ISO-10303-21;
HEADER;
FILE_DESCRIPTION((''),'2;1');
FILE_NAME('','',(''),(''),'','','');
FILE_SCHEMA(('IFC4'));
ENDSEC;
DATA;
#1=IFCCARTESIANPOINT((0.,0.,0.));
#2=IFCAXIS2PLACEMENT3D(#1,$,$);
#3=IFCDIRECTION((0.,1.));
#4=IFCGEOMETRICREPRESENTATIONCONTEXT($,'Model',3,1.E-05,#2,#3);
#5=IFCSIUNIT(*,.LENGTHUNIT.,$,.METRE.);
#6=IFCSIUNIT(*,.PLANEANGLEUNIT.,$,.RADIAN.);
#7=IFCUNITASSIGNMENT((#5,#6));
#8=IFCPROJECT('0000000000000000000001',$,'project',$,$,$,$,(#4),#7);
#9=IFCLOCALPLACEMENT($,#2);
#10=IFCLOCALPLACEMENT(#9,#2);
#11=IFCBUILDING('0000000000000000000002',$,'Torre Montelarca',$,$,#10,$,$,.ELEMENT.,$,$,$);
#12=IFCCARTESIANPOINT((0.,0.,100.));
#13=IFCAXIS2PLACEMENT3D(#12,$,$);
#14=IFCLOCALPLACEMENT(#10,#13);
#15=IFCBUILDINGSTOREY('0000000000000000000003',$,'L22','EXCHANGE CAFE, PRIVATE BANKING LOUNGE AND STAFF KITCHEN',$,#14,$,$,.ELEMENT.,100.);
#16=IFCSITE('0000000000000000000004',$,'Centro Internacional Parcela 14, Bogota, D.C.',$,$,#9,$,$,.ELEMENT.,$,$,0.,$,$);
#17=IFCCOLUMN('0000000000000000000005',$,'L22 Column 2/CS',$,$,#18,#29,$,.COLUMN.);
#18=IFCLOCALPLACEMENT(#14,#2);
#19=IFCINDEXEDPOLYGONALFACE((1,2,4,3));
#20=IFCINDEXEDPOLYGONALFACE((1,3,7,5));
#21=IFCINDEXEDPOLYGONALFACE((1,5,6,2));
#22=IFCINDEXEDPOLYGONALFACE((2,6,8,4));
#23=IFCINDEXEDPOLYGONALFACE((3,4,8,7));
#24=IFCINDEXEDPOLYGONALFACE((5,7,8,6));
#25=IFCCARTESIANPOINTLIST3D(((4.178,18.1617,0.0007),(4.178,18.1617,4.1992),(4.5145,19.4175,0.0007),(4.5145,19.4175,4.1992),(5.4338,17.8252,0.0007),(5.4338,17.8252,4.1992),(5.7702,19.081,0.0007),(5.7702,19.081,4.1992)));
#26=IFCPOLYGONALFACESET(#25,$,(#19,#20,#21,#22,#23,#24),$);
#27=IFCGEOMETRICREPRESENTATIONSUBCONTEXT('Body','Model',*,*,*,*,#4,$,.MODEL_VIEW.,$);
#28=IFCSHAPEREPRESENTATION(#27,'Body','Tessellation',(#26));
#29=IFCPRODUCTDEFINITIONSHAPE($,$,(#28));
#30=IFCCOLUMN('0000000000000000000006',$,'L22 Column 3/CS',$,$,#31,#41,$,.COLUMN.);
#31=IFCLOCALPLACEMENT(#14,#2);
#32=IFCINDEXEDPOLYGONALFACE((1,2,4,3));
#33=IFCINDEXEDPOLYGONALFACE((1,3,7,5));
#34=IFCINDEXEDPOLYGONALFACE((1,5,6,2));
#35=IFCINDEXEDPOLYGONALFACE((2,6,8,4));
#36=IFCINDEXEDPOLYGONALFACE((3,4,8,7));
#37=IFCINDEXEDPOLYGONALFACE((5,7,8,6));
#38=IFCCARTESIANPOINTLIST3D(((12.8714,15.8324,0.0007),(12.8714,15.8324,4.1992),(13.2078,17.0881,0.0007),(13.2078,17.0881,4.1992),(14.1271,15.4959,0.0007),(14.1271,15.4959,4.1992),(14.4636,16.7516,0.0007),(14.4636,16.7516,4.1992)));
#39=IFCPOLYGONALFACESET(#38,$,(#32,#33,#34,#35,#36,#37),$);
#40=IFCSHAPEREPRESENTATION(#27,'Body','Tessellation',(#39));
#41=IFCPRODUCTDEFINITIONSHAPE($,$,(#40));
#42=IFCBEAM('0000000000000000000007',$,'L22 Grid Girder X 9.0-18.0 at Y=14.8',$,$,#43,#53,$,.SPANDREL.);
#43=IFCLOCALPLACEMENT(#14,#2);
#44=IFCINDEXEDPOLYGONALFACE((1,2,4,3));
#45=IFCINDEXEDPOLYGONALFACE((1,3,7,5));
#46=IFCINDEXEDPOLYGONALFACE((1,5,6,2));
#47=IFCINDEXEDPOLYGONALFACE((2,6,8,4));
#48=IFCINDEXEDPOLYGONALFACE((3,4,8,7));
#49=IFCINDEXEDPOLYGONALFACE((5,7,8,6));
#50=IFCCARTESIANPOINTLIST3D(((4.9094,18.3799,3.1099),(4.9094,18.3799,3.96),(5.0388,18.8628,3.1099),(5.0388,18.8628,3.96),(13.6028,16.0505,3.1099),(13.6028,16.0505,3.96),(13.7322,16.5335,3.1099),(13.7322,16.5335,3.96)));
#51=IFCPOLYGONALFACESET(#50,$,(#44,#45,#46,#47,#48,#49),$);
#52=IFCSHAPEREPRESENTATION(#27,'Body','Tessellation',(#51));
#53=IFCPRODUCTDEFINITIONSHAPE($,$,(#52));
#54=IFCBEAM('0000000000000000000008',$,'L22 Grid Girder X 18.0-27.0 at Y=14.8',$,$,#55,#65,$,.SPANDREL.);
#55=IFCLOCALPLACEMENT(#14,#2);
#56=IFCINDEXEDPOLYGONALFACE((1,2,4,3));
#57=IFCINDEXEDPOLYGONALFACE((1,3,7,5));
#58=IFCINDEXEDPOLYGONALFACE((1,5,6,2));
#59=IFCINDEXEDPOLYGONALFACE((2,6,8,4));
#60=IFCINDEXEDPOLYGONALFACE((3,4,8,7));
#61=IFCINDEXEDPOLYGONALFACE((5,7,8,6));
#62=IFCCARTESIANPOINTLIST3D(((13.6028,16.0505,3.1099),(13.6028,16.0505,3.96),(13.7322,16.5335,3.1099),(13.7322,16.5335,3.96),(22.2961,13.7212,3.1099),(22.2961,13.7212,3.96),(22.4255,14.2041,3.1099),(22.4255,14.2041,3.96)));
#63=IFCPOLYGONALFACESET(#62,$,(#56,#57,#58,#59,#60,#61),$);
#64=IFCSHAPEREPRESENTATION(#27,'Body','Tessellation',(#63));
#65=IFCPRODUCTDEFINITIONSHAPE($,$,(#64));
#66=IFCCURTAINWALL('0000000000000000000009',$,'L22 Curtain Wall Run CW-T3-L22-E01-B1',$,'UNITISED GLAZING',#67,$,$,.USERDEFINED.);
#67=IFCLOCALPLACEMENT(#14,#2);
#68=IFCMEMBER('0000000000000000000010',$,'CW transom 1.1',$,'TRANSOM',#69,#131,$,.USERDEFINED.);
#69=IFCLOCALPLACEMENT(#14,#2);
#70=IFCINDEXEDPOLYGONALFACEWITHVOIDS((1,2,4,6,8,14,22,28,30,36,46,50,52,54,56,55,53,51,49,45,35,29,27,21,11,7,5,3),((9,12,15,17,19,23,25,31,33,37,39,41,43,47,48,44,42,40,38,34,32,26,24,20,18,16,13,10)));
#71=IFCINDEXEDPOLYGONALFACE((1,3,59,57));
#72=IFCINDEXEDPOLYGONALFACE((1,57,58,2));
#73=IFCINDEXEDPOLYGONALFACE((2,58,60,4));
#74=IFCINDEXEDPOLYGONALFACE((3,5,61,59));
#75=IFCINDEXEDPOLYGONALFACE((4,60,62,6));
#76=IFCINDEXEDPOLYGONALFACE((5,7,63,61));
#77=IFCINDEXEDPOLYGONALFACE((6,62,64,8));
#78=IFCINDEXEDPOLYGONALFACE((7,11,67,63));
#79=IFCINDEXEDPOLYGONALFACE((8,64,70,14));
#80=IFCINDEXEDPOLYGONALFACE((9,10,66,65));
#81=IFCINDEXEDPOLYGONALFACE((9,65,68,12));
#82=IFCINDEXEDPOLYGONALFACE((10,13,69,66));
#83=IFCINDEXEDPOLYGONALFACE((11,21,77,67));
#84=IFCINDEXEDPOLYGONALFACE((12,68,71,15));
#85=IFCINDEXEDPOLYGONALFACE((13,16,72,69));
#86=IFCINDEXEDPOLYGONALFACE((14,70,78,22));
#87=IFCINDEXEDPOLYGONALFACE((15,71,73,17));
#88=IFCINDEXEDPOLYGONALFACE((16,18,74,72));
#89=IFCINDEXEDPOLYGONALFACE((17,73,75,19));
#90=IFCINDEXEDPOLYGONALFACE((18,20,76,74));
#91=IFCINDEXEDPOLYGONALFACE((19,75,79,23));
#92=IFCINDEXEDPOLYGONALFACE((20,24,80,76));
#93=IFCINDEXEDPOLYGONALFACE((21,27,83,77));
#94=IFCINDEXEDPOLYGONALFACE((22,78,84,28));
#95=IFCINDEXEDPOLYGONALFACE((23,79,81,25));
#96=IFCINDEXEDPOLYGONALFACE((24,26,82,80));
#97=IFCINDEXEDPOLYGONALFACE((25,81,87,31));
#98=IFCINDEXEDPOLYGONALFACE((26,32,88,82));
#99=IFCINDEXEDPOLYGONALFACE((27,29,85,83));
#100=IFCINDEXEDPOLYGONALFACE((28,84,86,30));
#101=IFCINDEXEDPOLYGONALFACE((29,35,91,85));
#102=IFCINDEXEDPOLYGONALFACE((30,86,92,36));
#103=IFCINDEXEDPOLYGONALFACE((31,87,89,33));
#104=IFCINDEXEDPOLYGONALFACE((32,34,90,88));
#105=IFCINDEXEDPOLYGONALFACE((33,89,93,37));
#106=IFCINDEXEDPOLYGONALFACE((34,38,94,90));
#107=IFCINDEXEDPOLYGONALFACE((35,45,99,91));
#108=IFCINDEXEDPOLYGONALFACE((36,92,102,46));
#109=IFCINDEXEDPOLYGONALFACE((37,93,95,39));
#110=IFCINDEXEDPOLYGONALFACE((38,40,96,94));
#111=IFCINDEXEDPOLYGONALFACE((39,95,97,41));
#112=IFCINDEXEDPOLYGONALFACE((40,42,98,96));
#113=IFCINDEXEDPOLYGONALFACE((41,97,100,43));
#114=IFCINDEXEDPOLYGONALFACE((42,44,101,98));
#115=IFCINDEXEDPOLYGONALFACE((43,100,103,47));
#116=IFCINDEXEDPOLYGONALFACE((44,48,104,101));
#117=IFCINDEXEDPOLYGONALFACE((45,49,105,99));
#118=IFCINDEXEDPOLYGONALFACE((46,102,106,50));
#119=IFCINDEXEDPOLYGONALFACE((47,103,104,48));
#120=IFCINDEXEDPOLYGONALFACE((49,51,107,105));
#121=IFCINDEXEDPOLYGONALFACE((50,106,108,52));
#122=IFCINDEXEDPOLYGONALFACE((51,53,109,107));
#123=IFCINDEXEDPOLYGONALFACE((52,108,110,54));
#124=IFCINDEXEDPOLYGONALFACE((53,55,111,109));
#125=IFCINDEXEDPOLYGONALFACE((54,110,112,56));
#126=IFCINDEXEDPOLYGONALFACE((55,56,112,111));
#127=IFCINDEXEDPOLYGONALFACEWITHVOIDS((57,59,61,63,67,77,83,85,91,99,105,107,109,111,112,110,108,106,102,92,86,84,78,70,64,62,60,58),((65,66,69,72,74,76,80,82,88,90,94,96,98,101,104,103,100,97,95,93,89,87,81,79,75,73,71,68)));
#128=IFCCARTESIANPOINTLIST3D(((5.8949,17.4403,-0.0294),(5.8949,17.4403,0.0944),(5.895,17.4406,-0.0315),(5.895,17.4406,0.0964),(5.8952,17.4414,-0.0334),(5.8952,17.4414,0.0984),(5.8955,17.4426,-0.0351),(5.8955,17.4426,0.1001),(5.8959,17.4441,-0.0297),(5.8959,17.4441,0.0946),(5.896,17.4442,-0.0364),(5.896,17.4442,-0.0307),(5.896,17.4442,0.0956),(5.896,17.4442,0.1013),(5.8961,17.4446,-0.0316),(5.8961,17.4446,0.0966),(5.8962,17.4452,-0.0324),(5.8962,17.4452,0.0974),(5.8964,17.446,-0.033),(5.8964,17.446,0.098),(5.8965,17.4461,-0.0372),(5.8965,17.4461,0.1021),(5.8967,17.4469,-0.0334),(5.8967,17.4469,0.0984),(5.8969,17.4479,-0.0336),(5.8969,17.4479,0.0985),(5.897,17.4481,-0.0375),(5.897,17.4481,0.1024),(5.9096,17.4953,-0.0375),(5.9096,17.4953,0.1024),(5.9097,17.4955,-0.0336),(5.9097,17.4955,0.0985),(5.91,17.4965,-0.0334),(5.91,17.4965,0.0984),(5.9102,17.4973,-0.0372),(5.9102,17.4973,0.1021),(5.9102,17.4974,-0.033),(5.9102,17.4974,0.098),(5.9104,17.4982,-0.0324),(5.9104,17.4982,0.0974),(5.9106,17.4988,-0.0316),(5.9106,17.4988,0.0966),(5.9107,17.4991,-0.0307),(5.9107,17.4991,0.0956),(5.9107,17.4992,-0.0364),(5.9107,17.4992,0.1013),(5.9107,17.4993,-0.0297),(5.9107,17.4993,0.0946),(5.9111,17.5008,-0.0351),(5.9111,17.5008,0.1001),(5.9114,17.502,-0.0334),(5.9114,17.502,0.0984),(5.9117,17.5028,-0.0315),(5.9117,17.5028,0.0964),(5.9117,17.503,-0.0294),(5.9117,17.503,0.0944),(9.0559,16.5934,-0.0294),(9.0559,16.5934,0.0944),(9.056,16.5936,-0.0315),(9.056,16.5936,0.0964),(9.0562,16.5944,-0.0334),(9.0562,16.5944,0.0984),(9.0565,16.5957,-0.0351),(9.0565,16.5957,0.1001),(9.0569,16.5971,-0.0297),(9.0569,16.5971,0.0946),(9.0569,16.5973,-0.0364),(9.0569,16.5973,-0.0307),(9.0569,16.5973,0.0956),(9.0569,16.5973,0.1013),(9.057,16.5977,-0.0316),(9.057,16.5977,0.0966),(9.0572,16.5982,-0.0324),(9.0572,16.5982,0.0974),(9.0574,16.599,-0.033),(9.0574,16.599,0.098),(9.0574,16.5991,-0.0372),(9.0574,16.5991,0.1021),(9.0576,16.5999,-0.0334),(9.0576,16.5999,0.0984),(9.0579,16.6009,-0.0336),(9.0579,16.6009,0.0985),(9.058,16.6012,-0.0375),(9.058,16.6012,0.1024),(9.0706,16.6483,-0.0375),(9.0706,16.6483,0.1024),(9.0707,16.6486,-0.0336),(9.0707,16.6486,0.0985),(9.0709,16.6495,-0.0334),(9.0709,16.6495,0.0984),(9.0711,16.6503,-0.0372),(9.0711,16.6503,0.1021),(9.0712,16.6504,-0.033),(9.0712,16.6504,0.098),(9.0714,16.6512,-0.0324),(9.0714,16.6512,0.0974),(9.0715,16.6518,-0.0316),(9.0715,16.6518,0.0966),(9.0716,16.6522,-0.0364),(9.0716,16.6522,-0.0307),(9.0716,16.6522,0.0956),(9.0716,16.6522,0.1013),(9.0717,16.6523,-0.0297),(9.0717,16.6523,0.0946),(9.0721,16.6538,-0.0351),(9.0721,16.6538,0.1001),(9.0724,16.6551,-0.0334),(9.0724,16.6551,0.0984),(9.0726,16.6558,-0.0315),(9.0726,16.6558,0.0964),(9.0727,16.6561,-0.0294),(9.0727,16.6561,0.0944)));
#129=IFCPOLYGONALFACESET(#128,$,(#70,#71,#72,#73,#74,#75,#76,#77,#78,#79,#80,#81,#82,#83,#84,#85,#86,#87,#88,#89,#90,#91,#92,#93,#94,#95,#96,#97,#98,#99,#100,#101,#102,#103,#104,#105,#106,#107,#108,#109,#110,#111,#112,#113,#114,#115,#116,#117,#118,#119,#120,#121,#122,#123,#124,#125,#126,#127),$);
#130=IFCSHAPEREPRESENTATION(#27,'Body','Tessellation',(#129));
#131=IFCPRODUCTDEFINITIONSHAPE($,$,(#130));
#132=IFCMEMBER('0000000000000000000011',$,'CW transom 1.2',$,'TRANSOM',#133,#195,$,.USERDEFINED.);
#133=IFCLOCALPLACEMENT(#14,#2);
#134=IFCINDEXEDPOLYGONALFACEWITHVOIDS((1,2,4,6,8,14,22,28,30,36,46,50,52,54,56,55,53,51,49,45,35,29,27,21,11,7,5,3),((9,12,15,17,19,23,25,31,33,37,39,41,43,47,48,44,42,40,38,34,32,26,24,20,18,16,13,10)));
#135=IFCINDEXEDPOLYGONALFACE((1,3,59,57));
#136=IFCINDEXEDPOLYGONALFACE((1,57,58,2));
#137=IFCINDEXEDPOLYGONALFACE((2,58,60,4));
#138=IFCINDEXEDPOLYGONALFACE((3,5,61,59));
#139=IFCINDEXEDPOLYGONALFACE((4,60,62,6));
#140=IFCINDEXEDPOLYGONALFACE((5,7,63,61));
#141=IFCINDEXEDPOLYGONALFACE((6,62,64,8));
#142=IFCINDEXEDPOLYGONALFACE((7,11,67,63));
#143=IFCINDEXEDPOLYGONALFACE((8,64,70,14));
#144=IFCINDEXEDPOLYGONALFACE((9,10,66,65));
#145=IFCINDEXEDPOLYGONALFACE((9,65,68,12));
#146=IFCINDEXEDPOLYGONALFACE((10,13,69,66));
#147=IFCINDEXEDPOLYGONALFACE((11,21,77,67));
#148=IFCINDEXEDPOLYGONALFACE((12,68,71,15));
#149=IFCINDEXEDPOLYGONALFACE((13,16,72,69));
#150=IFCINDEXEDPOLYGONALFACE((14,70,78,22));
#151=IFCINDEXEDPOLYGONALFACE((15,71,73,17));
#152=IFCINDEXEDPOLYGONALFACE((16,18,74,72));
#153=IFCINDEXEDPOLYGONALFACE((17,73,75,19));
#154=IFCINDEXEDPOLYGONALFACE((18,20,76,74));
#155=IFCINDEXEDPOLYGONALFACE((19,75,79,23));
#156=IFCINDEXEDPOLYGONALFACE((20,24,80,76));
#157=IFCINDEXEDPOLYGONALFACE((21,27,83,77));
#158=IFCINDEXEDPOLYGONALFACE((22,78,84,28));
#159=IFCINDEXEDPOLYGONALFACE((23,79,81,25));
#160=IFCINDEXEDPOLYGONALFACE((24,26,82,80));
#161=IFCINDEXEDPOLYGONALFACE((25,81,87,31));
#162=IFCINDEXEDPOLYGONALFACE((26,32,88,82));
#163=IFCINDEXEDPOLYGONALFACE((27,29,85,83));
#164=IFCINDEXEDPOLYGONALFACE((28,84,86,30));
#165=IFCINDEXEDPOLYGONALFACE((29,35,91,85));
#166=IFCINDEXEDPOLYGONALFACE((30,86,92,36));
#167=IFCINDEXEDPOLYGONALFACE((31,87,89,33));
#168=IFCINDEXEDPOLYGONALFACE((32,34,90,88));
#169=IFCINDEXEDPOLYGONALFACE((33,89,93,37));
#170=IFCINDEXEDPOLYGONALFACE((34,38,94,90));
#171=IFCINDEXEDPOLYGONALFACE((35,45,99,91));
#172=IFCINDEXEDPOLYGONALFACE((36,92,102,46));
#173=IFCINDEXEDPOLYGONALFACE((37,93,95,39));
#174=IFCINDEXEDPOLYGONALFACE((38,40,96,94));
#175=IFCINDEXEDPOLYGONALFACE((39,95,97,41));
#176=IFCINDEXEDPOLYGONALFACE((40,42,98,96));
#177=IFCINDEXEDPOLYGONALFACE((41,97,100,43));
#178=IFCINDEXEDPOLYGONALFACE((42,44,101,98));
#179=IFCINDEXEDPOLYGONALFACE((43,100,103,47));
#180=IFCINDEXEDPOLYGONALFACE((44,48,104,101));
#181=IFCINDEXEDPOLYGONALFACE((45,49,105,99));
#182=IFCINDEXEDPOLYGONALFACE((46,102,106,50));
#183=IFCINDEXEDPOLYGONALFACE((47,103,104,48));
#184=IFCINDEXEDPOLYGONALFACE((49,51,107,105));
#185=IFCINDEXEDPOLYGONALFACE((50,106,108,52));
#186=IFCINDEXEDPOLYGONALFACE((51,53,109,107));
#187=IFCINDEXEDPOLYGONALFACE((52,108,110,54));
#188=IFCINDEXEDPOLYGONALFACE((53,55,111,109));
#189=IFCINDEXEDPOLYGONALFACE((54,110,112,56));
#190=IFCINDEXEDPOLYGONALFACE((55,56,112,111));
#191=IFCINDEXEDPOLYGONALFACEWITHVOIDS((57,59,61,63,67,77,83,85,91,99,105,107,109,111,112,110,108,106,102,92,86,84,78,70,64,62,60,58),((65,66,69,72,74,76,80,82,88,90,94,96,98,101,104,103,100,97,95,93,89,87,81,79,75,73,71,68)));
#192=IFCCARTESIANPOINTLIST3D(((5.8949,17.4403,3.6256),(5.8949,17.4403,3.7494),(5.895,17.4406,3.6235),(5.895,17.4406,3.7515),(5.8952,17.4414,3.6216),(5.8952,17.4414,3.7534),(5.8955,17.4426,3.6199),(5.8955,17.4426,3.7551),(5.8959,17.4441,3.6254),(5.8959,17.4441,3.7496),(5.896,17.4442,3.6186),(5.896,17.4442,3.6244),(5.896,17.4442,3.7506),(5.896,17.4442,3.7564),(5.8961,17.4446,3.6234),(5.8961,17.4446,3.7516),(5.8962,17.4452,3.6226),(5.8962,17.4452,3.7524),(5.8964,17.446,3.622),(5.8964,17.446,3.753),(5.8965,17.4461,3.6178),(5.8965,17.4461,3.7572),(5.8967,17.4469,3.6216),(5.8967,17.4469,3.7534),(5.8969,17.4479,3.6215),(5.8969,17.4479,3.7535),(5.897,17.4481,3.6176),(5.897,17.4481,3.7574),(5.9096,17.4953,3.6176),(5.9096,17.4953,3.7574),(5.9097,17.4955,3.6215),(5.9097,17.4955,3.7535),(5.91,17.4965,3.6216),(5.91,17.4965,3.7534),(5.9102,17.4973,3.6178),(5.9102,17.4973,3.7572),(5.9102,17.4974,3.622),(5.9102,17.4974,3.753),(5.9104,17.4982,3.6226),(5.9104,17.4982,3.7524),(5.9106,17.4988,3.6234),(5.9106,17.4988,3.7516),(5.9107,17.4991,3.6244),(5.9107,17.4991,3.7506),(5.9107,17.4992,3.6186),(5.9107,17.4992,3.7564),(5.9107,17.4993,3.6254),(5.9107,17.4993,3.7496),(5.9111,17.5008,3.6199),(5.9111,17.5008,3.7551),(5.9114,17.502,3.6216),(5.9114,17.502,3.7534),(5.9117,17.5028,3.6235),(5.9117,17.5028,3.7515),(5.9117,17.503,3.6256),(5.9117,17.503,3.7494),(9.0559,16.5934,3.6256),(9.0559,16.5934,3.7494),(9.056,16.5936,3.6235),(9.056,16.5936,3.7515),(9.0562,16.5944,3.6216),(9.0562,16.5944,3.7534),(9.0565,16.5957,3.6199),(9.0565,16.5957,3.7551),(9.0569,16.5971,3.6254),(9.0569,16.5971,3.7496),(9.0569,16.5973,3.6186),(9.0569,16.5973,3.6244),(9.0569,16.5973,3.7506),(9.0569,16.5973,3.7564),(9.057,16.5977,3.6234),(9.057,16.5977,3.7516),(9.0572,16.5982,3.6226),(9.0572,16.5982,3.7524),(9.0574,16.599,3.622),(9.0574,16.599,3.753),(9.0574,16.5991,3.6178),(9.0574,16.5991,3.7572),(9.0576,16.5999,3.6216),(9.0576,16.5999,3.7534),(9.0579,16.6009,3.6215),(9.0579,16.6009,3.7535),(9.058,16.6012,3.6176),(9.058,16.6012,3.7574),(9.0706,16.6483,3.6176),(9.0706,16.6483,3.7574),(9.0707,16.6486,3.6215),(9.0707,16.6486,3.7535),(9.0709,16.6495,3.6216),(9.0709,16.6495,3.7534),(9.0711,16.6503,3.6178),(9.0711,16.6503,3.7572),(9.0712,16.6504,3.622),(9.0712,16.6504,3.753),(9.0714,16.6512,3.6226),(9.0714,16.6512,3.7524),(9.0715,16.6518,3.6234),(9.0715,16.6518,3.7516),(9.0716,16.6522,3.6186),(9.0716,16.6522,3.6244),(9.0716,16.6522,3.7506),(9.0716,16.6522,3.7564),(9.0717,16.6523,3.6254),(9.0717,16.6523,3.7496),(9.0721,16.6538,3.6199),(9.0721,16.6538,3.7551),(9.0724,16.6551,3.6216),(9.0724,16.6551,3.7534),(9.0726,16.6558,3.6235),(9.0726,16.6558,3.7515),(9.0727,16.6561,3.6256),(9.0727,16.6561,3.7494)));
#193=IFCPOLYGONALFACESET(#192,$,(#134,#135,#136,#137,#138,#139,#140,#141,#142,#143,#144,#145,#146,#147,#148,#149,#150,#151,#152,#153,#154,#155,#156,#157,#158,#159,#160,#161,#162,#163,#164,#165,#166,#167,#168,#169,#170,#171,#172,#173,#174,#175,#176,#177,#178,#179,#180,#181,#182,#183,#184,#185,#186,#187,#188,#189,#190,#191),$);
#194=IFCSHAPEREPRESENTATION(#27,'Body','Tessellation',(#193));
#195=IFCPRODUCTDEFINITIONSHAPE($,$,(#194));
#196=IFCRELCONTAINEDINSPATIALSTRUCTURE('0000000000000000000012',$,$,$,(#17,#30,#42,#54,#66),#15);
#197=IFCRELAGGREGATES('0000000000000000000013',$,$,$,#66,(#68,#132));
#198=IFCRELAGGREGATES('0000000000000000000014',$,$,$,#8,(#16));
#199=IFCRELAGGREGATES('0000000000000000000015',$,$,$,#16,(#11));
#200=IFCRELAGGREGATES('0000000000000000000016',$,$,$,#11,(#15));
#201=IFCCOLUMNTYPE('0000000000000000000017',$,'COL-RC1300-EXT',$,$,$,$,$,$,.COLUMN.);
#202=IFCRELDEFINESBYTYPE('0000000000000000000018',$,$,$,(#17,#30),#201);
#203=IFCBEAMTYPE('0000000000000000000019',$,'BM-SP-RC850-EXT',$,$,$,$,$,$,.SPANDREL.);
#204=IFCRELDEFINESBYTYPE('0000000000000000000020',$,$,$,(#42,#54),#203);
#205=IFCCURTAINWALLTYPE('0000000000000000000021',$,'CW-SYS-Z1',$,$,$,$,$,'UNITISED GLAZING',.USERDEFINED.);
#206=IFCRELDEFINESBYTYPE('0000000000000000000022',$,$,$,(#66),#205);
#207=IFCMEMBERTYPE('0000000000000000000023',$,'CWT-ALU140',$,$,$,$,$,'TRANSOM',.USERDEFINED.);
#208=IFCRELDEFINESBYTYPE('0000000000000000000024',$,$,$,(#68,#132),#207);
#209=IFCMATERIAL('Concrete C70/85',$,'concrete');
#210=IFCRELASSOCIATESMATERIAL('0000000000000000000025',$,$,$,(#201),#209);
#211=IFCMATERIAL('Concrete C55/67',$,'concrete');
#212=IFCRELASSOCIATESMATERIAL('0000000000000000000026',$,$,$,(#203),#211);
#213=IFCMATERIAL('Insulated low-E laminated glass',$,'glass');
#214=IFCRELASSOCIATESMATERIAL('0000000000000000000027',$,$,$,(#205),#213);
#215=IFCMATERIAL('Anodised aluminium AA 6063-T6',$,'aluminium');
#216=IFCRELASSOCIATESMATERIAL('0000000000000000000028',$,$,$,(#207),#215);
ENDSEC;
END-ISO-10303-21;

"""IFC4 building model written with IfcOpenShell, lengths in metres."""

from ifc_helpers import new_model, si_unit, direction, frame, origin, origin_2d, place, context, subcontext, project, spatial, rectangle, hollow_rectangle, extrude, source, transform, mapped, material, material_profile, profile_set, type_object, element, aggregate, save


model = new_model("IFC4")

# Units and contexts
model_context = context("Model", 3, precision=1e-05, world=origin(), true_north=direction((0.0, 1.0)))
body_context = subcontext(model_context, "Body", "Model", "MODEL_VIEW")
ifc_project = project(units=[si_unit("LENGTHUNIT", "METRE"), si_unit("PLANEANGLEUNIT", "RADIAN")], contexts=[model_context])

# Site, building, storey
site_placement = place(None, origin())
site = spatial("IfcSite", under=ifc_project, at=site_placement, Name="Centro Internacional Parcela 14, Bogota, D.C.", CompositionType="ELEMENT", RefElevation=0.0)
building_placement = place(site_placement, origin())
building = spatial("IfcBuilding", under=site, at=building_placement, Name="Torre Montelarca", CompositionType="ELEMENT")
storey_placement = place(building_placement, frame((0.0, 0.0, 100.0)))
storey = spatial("IfcBuildingStorey", under=building, at=storey_placement, Name="L22", Description="EXCHANGE CAFE, PRIVATE BANKING LOUNGE AND STAFF KITCHEN", CompositionType="ELEMENT", Elevation=100.0)

# Columns
ifc_material_1 = material(Name="Concrete C70/85", Category="concrete")
ifc_material_profile_1 = material_profile(ifc_material_1, rectangle(XDim=1.3, YDim=1.3, at=origin_2d()), Name="RC1300X1300", Category="concrete")
ifc_profile_set_1 = profile_set([ifc_material_profile_1], Name="Concrete C70/85")
column_type = type_object("IfcColumnType", Name="COL-RC1300-EXT", PredefinedType="COLUMN", material=ifc_profile_set_1)
shared_shape_1 = source(origin(), body_context, "Body", "SweptSolid", [
    extrude(rectangle(XDim=1.3, YDim=1.3, at=origin_2d()), origin(), (0.0, 0.0, 1.0), 4.1985),
])
for number, where, z_axis, x_axis, name in (
    (1, (4.9741, 18.6213, 0.0007), (0.0, 0.0, 1.0), (-0.965926, 0.258819, 0.0), "L22 Column 2/CS"),
    (2, (13.6675, 16.292, 0.0007), (0.0, 0.0, 1.0), (-0.965926, 0.258819, 0.0), "L22 Column 3/CS"),
):
    element("IfcColumn", number, at=place(storey_placement, frame(where, z_axis=z_axis, x_axis=x_axis)), inside=storey, type_object=column_type, Name=name, PredefinedType="COLUMN", context=body_context, shape_type="MappedRepresentation", body=[
        mapped(shared_shape_1, transform((0.0, 0.0, 0.0), scale=1.0)),
    ])

# Beams
ifc_material_2 = material(Name="Concrete C55/67", Category="concrete")
ifc_material_profile_2 = material_profile(ifc_material_2, rectangle(XDim=0.5, YDim=0.8501, at=origin_2d()), Name="RCB500X850", Category="concrete")
ifc_profile_set_2 = profile_set([ifc_material_profile_2], Name="Concrete C55/67")
beam_type = type_object("IfcBeamType", Name="BM-SP-RC850-EXT", PredefinedType="SPANDREL", material=ifc_profile_set_2)
shared_shape_2 = source(origin(), body_context, "Body", "SweptSolid", [
    extrude(rectangle(XDim=0.5, YDim=0.8501, at=origin_2d()), origin(), (0.0, 0.0, 1.0), 9.0),
])
for number, where, z_axis, x_axis, name in (
    (3, (4.9741, 18.6213, 3.5349), (0.965927, -0.258816, 0.0), (0.258816, 0.965927, 0.0), "L22 Grid Girder X 9.0-18.0 at Y=14.8"),
    (4, (13.6675, 16.292, 3.5349), (0.965927, -0.258816, 0.0), (0.258816, 0.965927, 0.0), "L22 Grid Girder X 18.0-27.0 at Y=14.8"),
):
    element("IfcBeam", number, at=place(storey_placement, frame(where, z_axis=z_axis, x_axis=x_axis)), inside=storey, type_object=beam_type, Name=name, PredefinedType="SPANDREL", context=body_context, shape_type="MappedRepresentation", body=[
        mapped(shared_shape_2, transform((0.0, 0.0, 0.0), scale=1.0)),
    ])

# Curtain wall, members
ifc_material_3 = material(Name="Insulated low-E laminated glass", Category="glass")
curtain_wall_type = type_object("IfcCurtainWallType", Name="CW-SYS-Z1", ElementType="UNITISED GLAZING", PredefinedType="USERDEFINED", material=ifc_material_3)
curtain_wall_1_placement = place(storey_placement, origin())
curtain_wall_1 = element("IfcCurtainWall", 5, at=curtain_wall_1_placement, inside=storey, type_object=curtain_wall_type, Name="L22 Curtain Wall Run CW-T3-L22-E01-B1", ObjectType="UNITISED GLAZING", PredefinedType="USERDEFINED")
ifc_material_4 = material(Name="Anodised aluminium AA 6063-T6", Category="aluminium")
ifc_material_profile_3 = material_profile(ifc_material_4, hollow_rectangle(XDim=0.0649, YDim=0.1399, WallThickness=0.0039, InnerFilletRadius=0.0039, OuterFilletRadius=0.0081, at=origin_2d()), Name="ALU65X140X4", Category="aluminium")
ifc_profile_set_3 = profile_set([ifc_material_profile_3], Name="Anodised aluminium AA 6063-T6")
member_type_1 = type_object("IfcMemberType", Name="CWT-ALU140", ElementType="TRANSOM", PredefinedType="USERDEFINED", material=ifc_profile_set_3)
shared_shape_3 = source(origin(), body_context, "Body", "SweptSolid", [
    extrude(hollow_rectangle(XDim=0.0649, YDim=0.1399, WallThickness=0.0039, InnerFilletRadius=0.0039, OuterFilletRadius=0.0081, at=origin_2d()), origin(), (0.0, 0.0, 1.0), 3.2725),
])
member_1_placement = place(storey_placement, frame((5.9033, 17.4717, 0.0325), z_axis=(0.965928, -0.258809, 0.0), x_axis=(0.258809, 0.965928, 0.0)))
member_1 = element("IfcMember", 6, at=member_1_placement, type_object=member_type_1, Name="CW transom 1.1", ObjectType="TRANSOM", PredefinedType="USERDEFINED", context=body_context, shape_type="MappedRepresentation", body=[
    mapped(shared_shape_3, transform((0.0, 0.0, 0.0), scale=1.0)),
])
member_2_placement = place(storey_placement, frame((5.9033, 17.4717, 3.6875), z_axis=(0.965928, -0.258809, 0.0), x_axis=(0.258809, 0.965928, 0.0)))
member_2 = element("IfcMember", 7, at=member_2_placement, type_object=member_type_1, Name="CW transom 1.2", ObjectType="TRANSOM", PredefinedType="USERDEFINED", context=body_context, shape_type="MappedRepresentation", body=[
    mapped(shared_shape_3, transform((0.0, 0.0, 0.0), scale=1.0)),
])

aggregate(curtain_wall_1, [member_1, member_2])

save(model, "model.ifc")
